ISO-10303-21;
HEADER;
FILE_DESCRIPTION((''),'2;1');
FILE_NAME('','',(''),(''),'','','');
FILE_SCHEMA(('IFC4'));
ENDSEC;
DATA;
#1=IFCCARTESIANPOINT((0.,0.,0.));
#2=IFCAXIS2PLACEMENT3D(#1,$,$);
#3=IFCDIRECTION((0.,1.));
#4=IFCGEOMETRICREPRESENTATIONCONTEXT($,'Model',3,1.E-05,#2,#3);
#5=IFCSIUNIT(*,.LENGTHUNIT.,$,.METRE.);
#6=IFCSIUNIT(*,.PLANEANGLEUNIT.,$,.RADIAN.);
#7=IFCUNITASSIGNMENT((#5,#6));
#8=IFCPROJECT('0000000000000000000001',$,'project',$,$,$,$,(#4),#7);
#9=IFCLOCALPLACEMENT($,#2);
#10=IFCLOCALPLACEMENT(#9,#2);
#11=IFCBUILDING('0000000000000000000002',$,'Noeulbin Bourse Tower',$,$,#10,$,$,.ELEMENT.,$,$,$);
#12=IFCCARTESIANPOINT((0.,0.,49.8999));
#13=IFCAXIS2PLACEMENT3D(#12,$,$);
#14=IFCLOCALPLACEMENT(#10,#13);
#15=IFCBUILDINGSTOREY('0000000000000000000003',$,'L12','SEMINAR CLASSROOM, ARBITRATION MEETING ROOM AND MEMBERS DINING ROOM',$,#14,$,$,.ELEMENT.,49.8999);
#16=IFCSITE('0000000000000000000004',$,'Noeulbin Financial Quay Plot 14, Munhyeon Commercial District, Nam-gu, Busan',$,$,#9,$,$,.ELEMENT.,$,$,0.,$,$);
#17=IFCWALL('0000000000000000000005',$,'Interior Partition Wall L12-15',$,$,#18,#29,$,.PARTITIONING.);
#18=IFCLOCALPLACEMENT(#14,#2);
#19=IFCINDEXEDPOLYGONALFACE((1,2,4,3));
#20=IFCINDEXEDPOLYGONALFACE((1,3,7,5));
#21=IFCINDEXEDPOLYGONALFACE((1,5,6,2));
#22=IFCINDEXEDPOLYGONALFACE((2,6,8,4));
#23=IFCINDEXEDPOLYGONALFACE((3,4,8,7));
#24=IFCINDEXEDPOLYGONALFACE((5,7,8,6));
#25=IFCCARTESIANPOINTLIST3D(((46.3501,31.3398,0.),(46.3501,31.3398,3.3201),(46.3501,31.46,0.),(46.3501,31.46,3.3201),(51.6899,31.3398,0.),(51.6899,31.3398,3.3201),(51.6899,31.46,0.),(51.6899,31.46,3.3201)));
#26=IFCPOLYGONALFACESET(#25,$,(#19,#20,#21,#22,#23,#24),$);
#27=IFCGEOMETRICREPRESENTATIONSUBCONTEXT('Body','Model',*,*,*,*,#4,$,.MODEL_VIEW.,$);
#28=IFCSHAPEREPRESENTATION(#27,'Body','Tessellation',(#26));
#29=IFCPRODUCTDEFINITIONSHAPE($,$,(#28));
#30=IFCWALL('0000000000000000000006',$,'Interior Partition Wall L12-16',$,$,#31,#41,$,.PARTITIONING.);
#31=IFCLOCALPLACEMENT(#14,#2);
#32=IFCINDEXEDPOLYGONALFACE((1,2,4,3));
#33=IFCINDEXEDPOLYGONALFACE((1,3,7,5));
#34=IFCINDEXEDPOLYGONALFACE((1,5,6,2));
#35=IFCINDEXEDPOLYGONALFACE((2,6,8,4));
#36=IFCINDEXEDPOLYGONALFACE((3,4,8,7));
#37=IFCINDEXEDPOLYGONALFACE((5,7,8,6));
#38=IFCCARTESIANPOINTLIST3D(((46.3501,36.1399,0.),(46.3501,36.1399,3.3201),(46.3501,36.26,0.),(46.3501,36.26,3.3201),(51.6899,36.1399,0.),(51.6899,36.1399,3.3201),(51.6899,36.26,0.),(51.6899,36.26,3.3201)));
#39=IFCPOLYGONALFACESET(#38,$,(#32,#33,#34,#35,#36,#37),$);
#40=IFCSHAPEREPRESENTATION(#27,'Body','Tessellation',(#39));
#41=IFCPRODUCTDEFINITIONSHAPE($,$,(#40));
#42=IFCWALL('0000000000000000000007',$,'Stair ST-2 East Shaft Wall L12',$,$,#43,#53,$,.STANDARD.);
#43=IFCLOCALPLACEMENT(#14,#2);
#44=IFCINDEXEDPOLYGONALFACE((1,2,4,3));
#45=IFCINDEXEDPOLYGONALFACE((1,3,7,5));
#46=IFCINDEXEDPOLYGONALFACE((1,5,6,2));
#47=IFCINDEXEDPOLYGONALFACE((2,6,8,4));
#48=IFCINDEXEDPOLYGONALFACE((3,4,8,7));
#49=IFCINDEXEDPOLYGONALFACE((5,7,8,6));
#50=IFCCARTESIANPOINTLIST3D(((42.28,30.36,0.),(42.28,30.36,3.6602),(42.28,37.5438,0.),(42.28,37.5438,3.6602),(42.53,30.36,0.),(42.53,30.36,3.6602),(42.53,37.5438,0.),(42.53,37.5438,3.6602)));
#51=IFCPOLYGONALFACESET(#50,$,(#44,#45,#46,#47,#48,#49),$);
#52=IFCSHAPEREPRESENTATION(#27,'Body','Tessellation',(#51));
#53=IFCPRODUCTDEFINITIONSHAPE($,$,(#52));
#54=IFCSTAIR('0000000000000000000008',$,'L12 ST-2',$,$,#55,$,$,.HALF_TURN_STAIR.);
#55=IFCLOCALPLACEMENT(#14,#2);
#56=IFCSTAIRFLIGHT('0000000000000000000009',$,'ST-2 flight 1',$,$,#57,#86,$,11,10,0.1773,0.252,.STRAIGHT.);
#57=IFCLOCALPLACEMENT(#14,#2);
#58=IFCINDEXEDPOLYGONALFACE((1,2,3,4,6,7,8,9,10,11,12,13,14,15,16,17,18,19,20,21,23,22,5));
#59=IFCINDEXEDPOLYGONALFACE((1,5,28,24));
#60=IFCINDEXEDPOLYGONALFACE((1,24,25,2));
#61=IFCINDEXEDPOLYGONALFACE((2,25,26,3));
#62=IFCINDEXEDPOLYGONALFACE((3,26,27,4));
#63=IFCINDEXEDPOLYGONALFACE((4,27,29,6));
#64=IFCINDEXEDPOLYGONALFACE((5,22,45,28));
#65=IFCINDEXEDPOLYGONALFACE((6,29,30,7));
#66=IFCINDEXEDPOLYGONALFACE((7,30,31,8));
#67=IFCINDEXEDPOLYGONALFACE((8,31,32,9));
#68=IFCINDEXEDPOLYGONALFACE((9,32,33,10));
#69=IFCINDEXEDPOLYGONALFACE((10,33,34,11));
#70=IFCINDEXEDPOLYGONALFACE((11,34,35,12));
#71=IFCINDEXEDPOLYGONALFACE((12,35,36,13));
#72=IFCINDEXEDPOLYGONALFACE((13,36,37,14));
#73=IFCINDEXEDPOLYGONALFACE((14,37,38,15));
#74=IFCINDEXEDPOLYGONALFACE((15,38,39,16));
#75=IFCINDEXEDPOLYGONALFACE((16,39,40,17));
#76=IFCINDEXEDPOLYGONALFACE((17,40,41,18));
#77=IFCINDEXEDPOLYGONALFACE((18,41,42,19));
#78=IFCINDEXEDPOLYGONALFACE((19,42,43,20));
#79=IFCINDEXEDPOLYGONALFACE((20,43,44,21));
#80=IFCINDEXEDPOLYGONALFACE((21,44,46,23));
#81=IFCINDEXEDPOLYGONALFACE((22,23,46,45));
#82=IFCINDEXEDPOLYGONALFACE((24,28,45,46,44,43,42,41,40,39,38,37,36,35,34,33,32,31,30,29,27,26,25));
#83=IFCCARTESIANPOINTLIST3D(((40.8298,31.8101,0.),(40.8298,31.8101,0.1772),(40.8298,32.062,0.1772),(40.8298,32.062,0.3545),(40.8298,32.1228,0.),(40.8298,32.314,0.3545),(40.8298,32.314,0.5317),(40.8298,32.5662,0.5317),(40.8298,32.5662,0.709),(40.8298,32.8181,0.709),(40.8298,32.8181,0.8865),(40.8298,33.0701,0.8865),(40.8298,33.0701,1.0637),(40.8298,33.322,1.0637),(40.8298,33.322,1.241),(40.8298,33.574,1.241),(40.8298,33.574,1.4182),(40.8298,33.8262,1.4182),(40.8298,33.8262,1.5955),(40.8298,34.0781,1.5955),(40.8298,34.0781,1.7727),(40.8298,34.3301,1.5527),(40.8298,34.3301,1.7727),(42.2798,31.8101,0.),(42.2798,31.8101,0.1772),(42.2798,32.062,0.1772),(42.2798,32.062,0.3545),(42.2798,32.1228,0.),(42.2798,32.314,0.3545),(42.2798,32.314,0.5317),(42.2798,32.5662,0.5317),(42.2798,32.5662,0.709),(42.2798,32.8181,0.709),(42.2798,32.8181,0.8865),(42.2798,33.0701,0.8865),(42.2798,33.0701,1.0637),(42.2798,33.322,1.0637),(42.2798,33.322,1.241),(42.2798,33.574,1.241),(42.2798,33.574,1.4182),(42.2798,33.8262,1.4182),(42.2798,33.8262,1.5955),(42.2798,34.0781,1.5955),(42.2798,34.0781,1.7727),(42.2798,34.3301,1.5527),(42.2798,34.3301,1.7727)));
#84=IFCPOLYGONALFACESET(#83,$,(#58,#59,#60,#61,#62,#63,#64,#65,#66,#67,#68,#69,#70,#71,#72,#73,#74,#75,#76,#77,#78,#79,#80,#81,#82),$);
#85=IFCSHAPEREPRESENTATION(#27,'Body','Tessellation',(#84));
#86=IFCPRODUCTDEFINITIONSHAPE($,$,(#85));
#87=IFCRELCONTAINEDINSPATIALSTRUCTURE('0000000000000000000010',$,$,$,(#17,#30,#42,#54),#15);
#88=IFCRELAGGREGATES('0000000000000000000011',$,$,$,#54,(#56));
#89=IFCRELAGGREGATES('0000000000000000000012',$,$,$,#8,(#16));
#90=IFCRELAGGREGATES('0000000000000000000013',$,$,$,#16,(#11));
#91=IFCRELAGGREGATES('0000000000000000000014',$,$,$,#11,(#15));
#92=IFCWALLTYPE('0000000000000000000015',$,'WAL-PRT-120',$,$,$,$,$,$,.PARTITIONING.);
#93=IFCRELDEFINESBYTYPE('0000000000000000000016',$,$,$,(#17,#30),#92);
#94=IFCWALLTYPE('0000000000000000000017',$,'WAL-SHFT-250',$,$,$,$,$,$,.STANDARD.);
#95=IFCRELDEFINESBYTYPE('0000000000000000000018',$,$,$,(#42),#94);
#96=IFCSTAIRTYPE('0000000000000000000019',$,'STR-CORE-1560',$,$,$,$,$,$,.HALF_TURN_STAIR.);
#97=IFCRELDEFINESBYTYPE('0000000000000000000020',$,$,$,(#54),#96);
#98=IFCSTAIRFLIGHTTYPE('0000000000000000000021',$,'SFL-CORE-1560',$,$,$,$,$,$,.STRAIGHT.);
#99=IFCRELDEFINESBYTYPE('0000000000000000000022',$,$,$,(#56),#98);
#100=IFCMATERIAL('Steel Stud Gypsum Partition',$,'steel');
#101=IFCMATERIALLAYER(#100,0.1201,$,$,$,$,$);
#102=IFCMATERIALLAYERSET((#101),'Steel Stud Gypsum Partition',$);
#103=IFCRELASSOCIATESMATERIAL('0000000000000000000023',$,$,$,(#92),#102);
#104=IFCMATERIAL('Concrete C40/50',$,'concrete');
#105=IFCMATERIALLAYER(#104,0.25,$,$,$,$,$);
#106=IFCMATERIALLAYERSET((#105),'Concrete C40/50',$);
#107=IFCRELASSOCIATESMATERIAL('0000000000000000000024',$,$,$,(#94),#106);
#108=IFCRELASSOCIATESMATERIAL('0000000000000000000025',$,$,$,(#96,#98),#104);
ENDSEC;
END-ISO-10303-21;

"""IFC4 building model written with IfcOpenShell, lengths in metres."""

from ifc_helpers import new_model, si_unit, direction, frame, frame_2d, origin, place, context, subcontext, project, spatial, polyline, rectangle, outline, extrude, material, layer, layer_set, type_object, element, aggregate, save


model = new_model("IFC4")

# Units and contexts
model_context = context("Model", 3, precision=1e-05, world=origin(), true_north=direction((0.0, 1.0)))
body_context = subcontext(model_context, "Body", "Model", "MODEL_VIEW")
ifc_project = project(units=[si_unit("LENGTHUNIT", "METRE"), si_unit("PLANEANGLEUNIT", "RADIAN")], contexts=[model_context])

# Site, building, storey
site_placement = place(None, origin())
site = spatial("IfcSite", under=ifc_project, at=site_placement, Name="Noeulbin Financial Quay Plot 14, Munhyeon Commercial District, Nam-gu, Busan", CompositionType="ELEMENT", RefElevation=0.0)
building_placement = place(site_placement, origin())
building = spatial("IfcBuilding", under=site, at=building_placement, Name="Noeulbin Bourse Tower", CompositionType="ELEMENT")
storey_placement = place(building_placement, frame((0.0, 0.0, 49.8999)))
storey = spatial("IfcBuildingStorey", under=building, at=storey_placement, Name="L12", Description="SEMINAR CLASSROOM, ARBITRATION MEETING ROOM AND MEMBERS DINING ROOM", CompositionType="ELEMENT", Elevation=49.8999)

# Walls
ifc_material_1 = material(Name="Concrete C40/50", Category="concrete")
ifc_material_2 = material(Name="Steel Stud Gypsum Partition", Category="steel")
ifc_layer_1 = layer(ifc_material_2, 0.1201)
ifc_layer_set_1 = layer_set([ifc_layer_1], Name="Steel Stud Gypsum Partition")
wall_type_1 = type_object("IfcWallType", Name="WAL-PRT-120", PredefinedType="PARTITIONING", material=ifc_layer_set_1)
for number, where, z_axis, x_axis, name in (
    (1, (46.3501, 31.3999, 0.0), (0.0, 0.0, 1.0), (1.0, 0.0, 0.0), "Interior Partition Wall L12-15"),
    (2, (46.3501, 36.2, 0.0), (0.0, 0.0, 1.0), (1.0, 0.0, 0.0), "Interior Partition Wall L12-16"),
):
    element("IfcWall", number, at=place(storey_placement, frame(where, z_axis=z_axis, x_axis=x_axis)), inside=storey, type_object=wall_type_1, Name=name, PredefinedType="PARTITIONING", context=body_context, shape_type="SweptSolid", body=[
        extrude(rectangle(XDim=5.3398, YDim=0.1201, at=frame_2d((2.6699, 0.0))), origin(), (0.0, 0.0, 1.0), 3.3201),
    ])
ifc_layer_2 = layer(ifc_material_1, 0.25)
ifc_layer_set_2 = layer_set([ifc_layer_2], Name="Concrete C40/50")
wall_type_2 = type_object("IfcWallType", Name="WAL-SHFT-250", PredefinedType="STANDARD", material=ifc_layer_set_2)
wall_1_placement = place(storey_placement, frame((42.405, 30.3601, 0.0), z_axis=(0.0, 0.0, 1.0), x_axis=(0.0, 1.0, 0.0)))
element("IfcWall", 3, at=wall_1_placement, inside=storey, type_object=wall_type_2, Name="Stair ST-2 East Shaft Wall L12", PredefinedType="STANDARD", context=body_context, shape_type="SweptSolid", body=[
    extrude(rectangle(XDim=7.1838, YDim=0.25, at=frame_2d((3.5918, 0.0))), origin(), (0.0, 0.0, 1.0), 3.6602),
])

# Stair, stair flight
stair_type = type_object("IfcStairType", Name="STR-CORE-1560", PredefinedType="HALF_TURN_STAIR", material=ifc_material_1)
stair_placement = place(storey_placement, origin())
stair = element("IfcStair", 4, at=stair_placement, inside=storey, type_object=stair_type, Name="L12 ST-2", PredefinedType="HALF_TURN_STAIR")
stair_flight_type = type_object("IfcStairFlightType", Name="SFL-CORE-1560", PredefinedType="STRAIGHT", material=ifc_material_1)
stair_flight_placement = place(storey_placement, frame((41.5549, 31.8101, 0.0), z_axis=(0.0, 0.0, 1.0), x_axis=(0.0, 1.0, 0.0)))
stair_flight = element("IfcStairFlight", 5, at=stair_flight_placement, type_object=stair_flight_type, Name="ST-2 flight 1", NumberOfRisers=11, NumberOfTreads=10, PredefinedType="STRAIGHT", RiserHeight=0.1773, TreadLength=0.252, context=body_context, shape_type="SweptSolid", body=[
    extrude(outline(polyline([(0.0, 0.0), (0.0, 0.1772), (0.252, 0.1772), (0.252, 0.3545), (0.5039, 0.3545), (0.5039, 0.5317), (0.7561, 0.5317), (0.7561, 0.709), (1.0081, 0.709), (1.0081, 0.8865), (1.26, 0.8865), (1.26, 1.0637), (1.512, 1.0637), (1.512, 1.241), (1.7639, 1.241), (1.7639, 1.4182), (2.0161, 1.4182), (2.0161, 1.5955), (2.2681, 1.5955), (2.2681, 1.7727), (2.52, 1.7727), (2.52, 1.95), (2.52, 1.5527), (0.3127, 0.0), (0.0, 0.0)])), frame((0.0, 0.7251, 0.0), z_axis=(0.0, -1.0, 0.0), x_axis=(1.0, 0.0, 0.0)), (0.0, 0.0, 1.0), 1.45),
])
aggregate(stair, [stair_flight])

save(model, "model.ifc")
